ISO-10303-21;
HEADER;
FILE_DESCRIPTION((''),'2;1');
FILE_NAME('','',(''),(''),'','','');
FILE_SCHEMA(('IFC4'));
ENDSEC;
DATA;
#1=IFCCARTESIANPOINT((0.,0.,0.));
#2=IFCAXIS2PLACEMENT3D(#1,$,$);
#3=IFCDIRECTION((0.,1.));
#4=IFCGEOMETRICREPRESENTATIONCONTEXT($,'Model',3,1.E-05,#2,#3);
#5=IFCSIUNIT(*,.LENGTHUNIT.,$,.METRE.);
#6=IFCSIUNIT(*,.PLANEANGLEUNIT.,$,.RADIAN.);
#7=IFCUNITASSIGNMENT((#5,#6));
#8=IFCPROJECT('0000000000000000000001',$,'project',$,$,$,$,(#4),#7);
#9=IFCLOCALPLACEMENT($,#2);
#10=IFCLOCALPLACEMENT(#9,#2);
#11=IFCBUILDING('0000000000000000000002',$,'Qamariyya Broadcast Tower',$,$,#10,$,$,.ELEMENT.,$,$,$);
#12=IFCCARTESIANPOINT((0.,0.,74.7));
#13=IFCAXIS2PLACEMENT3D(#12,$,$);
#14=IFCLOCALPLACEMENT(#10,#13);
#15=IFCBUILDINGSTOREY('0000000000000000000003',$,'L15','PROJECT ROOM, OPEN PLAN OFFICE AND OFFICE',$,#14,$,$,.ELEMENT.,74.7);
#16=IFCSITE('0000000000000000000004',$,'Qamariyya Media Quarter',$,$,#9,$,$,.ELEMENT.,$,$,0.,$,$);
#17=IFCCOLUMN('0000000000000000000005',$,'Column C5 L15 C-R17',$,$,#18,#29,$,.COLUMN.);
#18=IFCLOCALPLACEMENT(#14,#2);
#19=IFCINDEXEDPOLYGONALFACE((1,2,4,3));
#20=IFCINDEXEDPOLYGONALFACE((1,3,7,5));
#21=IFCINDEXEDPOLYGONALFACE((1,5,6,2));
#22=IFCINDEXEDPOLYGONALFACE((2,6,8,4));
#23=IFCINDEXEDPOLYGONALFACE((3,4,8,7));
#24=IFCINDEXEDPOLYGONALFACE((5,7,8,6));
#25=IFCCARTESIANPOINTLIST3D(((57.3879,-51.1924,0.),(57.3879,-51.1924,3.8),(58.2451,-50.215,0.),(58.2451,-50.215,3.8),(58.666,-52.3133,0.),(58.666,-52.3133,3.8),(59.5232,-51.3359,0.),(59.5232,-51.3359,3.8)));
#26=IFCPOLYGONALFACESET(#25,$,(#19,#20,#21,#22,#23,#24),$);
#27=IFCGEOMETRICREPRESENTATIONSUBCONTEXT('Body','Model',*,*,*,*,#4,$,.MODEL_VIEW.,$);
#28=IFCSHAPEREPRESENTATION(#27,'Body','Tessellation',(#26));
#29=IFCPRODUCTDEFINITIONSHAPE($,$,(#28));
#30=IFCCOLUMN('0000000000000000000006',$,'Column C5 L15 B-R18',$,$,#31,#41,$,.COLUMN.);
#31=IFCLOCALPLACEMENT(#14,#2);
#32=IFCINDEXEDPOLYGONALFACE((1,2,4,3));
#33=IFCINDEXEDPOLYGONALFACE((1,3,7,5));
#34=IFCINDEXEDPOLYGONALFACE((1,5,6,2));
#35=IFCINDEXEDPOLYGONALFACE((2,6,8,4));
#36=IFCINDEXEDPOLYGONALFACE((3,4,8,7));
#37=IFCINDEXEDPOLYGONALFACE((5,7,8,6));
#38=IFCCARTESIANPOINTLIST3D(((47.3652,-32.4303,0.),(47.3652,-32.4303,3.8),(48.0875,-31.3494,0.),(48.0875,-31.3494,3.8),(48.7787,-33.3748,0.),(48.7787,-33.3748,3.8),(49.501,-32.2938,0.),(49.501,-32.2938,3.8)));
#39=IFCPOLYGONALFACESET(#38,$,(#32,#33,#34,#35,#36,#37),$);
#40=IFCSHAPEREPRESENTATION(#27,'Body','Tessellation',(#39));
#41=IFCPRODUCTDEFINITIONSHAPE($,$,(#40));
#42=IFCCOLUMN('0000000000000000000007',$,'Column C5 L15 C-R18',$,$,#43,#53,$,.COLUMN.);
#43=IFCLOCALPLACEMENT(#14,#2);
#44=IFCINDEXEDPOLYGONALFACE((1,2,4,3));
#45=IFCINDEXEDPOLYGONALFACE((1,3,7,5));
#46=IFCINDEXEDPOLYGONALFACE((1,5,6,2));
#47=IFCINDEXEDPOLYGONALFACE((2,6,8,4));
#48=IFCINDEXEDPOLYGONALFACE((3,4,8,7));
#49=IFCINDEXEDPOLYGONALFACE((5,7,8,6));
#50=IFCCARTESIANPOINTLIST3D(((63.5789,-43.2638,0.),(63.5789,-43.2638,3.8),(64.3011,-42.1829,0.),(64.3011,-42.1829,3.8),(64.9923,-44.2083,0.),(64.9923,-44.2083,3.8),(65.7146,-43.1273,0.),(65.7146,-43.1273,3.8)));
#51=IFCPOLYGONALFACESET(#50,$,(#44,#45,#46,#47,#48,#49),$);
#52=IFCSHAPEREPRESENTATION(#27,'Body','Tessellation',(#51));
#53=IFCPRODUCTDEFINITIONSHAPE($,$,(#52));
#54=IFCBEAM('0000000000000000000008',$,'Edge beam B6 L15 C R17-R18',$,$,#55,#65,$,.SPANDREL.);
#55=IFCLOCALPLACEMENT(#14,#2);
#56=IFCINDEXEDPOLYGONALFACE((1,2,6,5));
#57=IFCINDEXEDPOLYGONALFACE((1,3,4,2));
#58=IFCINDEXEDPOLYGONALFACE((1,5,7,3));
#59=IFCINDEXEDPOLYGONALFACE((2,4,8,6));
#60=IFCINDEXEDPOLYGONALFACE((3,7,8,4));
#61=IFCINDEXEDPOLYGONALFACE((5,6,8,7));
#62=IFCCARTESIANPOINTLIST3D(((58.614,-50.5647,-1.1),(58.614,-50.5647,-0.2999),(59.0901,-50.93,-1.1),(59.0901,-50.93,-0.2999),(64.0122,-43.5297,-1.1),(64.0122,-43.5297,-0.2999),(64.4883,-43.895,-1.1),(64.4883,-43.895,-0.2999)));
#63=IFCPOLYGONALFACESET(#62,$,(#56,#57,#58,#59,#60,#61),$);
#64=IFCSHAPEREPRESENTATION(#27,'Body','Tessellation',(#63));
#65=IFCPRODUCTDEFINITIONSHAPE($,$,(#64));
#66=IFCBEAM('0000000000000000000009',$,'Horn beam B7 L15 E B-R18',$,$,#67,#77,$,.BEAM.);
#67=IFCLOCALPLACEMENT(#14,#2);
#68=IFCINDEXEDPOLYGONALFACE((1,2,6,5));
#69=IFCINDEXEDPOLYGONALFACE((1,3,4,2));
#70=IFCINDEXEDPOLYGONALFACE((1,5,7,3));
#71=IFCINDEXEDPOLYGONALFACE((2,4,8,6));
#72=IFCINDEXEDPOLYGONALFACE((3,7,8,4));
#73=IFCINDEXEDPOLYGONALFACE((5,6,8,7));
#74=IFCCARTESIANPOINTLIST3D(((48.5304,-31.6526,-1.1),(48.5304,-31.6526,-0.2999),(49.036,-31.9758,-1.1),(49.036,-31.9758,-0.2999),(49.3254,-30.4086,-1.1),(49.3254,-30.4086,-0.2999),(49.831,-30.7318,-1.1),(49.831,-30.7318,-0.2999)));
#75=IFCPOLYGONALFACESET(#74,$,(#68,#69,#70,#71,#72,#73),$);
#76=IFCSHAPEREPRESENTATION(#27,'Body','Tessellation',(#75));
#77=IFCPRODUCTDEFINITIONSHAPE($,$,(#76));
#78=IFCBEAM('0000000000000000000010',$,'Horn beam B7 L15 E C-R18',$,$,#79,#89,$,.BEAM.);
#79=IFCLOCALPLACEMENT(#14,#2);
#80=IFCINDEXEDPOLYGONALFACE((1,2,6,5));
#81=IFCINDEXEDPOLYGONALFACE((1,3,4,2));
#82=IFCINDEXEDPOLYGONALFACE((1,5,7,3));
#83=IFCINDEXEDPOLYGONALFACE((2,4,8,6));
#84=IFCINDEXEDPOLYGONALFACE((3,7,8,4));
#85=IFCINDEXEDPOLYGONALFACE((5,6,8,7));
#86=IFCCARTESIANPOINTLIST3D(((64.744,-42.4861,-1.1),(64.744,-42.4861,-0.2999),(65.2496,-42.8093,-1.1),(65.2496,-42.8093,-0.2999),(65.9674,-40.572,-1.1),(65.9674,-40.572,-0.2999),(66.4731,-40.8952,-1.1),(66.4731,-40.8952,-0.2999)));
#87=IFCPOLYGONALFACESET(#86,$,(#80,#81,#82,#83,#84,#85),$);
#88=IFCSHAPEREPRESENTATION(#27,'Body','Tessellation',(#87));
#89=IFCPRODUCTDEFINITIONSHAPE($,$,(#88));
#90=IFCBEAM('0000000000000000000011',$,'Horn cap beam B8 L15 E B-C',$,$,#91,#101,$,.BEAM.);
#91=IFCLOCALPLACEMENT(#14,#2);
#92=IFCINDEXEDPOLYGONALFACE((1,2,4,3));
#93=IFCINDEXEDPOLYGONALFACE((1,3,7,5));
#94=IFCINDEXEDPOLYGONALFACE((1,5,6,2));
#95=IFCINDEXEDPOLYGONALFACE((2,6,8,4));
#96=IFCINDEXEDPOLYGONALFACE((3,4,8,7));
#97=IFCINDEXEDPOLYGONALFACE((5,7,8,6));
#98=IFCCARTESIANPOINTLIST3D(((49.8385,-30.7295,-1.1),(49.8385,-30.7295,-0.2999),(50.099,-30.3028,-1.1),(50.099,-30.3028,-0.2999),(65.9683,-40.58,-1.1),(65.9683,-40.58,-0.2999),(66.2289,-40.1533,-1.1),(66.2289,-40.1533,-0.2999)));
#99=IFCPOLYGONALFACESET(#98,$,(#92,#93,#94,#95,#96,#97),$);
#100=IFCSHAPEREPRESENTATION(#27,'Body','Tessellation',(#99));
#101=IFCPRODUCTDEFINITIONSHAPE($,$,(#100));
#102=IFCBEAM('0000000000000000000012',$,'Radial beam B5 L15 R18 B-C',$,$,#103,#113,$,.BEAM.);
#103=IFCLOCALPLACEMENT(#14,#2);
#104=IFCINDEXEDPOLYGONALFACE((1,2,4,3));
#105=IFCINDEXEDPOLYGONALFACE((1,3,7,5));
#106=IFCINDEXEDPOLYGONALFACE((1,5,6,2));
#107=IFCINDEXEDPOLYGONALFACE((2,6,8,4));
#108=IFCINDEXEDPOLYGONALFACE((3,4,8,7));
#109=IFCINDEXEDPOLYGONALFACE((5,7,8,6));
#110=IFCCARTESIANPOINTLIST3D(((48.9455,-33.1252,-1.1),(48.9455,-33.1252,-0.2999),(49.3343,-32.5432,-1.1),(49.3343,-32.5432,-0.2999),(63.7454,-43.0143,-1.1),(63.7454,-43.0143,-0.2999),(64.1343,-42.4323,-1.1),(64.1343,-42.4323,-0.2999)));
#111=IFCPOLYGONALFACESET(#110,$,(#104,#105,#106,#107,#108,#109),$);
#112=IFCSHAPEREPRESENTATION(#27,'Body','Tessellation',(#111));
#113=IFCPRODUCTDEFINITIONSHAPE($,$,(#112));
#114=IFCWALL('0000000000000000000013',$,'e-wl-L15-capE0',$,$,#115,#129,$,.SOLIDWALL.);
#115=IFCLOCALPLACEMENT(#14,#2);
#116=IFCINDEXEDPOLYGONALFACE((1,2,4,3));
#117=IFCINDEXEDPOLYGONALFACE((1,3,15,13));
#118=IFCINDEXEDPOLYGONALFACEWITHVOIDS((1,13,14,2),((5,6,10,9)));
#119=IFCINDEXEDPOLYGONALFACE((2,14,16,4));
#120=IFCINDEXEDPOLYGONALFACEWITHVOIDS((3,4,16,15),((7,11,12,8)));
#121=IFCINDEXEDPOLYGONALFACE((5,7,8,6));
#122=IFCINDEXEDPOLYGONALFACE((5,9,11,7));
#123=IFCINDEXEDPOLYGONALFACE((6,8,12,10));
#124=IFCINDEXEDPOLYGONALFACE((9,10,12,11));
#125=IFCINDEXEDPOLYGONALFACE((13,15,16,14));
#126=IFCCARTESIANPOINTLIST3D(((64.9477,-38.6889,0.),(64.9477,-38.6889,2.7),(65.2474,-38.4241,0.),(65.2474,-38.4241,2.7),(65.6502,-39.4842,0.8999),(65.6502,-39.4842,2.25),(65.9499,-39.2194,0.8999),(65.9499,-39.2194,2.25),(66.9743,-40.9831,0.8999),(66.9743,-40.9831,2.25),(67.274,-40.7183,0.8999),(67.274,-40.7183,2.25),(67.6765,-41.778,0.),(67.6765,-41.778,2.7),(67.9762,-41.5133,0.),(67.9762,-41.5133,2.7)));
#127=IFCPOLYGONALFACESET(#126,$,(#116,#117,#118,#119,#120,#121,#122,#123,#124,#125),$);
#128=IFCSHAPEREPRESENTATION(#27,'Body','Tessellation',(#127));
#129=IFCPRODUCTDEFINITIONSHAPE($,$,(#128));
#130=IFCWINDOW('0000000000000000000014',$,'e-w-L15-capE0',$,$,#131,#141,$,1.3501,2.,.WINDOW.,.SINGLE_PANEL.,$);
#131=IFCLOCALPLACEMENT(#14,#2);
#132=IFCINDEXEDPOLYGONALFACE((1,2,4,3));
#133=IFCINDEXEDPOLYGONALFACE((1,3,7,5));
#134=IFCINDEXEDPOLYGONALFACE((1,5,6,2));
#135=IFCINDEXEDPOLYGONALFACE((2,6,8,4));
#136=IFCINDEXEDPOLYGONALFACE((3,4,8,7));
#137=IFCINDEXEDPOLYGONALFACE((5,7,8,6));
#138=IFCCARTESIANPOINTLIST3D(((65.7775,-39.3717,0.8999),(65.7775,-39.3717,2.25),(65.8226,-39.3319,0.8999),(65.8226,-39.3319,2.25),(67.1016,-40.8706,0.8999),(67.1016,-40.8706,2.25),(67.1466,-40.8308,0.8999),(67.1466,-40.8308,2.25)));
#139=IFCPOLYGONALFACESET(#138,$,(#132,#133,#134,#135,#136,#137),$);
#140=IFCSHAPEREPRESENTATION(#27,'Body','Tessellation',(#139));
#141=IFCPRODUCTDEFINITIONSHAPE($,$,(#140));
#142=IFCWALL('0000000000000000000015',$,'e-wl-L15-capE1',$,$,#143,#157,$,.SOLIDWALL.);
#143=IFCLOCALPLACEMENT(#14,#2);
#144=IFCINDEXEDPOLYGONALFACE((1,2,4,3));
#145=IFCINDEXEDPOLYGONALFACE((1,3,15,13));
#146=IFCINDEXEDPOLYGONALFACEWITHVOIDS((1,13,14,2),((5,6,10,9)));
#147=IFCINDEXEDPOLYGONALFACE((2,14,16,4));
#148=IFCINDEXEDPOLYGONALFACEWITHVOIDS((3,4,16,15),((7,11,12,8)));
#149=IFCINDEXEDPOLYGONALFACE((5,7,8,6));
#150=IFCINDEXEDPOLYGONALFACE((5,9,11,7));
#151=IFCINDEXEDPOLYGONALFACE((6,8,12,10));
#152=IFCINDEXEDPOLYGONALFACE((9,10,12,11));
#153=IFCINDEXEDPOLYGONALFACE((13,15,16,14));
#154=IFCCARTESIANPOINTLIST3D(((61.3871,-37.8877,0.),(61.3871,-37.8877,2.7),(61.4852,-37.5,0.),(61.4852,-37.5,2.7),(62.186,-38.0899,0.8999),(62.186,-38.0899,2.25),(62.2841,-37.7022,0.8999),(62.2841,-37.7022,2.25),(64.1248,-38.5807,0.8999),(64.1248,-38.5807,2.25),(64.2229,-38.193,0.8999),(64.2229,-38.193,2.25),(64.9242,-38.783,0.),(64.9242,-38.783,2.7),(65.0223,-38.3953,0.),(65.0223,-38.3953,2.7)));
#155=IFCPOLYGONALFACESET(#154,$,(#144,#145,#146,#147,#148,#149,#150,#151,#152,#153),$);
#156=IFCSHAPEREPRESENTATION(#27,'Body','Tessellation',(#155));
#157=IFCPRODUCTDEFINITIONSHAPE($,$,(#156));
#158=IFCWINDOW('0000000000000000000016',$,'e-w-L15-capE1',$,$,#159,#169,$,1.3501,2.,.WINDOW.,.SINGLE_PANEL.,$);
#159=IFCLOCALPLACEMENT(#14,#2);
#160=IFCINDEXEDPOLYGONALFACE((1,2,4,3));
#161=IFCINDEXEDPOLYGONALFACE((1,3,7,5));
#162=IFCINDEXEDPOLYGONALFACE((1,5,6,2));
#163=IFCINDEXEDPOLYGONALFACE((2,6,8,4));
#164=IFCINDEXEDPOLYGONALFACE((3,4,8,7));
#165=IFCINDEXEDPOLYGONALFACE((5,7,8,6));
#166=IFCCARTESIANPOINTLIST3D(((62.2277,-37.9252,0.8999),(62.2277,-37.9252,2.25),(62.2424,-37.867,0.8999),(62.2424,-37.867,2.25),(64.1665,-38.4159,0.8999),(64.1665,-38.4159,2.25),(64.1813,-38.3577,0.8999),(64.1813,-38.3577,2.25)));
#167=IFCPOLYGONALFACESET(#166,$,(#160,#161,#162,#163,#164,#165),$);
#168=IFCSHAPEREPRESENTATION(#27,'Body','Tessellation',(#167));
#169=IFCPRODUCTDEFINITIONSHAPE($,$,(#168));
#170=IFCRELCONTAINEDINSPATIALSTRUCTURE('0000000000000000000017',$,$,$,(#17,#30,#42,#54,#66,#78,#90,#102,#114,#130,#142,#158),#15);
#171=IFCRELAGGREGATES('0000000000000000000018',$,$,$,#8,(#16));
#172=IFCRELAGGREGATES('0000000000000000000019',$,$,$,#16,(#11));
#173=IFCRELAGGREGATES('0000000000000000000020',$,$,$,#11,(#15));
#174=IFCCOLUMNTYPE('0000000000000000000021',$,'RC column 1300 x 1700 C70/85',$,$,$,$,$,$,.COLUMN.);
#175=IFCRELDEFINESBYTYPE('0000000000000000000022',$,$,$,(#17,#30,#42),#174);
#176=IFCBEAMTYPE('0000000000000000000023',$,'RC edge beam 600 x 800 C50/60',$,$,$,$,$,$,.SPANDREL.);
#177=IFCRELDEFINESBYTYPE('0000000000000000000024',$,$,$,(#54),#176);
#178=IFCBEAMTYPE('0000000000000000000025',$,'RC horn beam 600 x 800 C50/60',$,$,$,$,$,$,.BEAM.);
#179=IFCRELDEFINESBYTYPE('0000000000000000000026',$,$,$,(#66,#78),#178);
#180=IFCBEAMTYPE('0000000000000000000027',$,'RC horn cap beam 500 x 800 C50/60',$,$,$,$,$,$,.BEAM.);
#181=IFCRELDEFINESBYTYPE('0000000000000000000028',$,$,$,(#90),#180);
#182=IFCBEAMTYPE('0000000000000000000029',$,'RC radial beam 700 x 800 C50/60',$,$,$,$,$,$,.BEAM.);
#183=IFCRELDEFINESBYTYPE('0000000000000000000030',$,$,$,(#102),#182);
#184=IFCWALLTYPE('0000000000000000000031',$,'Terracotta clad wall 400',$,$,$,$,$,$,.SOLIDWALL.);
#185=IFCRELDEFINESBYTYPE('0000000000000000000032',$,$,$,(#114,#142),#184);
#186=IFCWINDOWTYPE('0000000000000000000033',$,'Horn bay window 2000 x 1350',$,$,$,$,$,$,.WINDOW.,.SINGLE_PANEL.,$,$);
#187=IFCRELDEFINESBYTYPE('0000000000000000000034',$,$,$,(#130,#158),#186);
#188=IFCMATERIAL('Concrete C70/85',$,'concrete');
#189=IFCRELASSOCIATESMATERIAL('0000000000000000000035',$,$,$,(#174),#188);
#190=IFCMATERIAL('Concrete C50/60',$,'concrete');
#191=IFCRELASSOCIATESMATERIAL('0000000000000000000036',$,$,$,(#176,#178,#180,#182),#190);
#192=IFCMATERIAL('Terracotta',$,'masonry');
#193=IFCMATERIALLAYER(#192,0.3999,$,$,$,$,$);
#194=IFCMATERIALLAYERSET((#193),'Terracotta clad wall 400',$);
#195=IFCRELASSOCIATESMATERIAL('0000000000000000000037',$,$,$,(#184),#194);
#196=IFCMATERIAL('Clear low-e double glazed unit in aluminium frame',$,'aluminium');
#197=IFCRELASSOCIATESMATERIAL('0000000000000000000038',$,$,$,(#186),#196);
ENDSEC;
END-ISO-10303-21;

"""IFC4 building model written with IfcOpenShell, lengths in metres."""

from ifc_helpers import new_model, si_unit, direction, frame, frame_2d, origin, origin_2d, place, context, subcontext, project, spatial, rectangle, extrude, material, layer, layer_set, material_profile, profile_set, type_object, element, fill, save


model = new_model("IFC4")

# Units and contexts
model_context = context("Model", 3, precision=1e-05, world=origin(), true_north=direction((0.0, 1.0)))
body_context = subcontext(model_context, "Body", "Model", "MODEL_VIEW")
ifc_project = project(units=[si_unit("LENGTHUNIT", "METRE"), si_unit("PLANEANGLEUNIT", "RADIAN")], contexts=[model_context])

# Site, building, storey
site_placement = place(None, origin())
site = spatial("IfcSite", under=ifc_project, at=site_placement, Name="Qamariyya Media Quarter", CompositionType="ELEMENT", RefElevation=0.0)
building_placement = place(site_placement, origin())
building = spatial("IfcBuilding", under=site, at=building_placement, Name="Qamariyya Broadcast Tower", CompositionType="ELEMENT")
storey_placement = place(building_placement, frame((0.0, 0.0, 74.7)))
storey = spatial("IfcBuildingStorey", under=building, at=storey_placement, Name="L15", Description="PROJECT ROOM, OPEN PLAN OFFICE AND OFFICE", CompositionType="ELEMENT", Elevation=74.7)

# Columns
ifc_material_1 = material(Name="Concrete C70/85", Category="concrete")
ifc_material_profile_1 = material_profile(ifc_material_1, rectangle(XDim=1.3, YDim=1.7, at=origin_2d()))
ifc_profile_set_1 = profile_set([ifc_material_profile_1], Name="Concrete C70/85")
column_type = type_object("IfcColumnType", Name="RC column 1300 x 1700 C70/85", PredefinedType="COLUMN", material=ifc_profile_set_1)
for number, where, z_axis, x_axis, name in (
    (1, (58.4556, -51.2642, 0.0), (0.0, 0.0, 1.0), (0.659346, 0.75184, 0.0), "Column C5 L15 C-R17"),
    (2, (48.4331, -32.3621, 0.0), (0.0, 0.0, 1.0), (0.55557, 0.83147, 0.0), "Column C5 L15 B-R18"),
    (3, (64.6467, -43.1956, 0.0), (0.0, 0.0, 1.0), (0.55557, 0.83147, 0.0), "Column C5 L15 C-R18"),
):
    element("IfcColumn", number, at=place(storey_placement, frame(where, z_axis=z_axis, x_axis=x_axis)), inside=storey, type_object=column_type, Name=name, PredefinedType="COLUMN", context=body_context, shape_type="SweptSolid", body=[
        extrude(rectangle(XDim=1.3, YDim=1.7, at=origin_2d()), origin(), (0.0, 0.0, 1.0), 3.8),
    ])

# Beams
ifc_material_2 = material(Name="Concrete C50/60", Category="concrete")
ifc_material_profile_2 = material_profile(ifc_material_2, rectangle(XDim=0.6001, YDim=0.8, at=origin_2d()))
ifc_profile_set_2 = profile_set([ifc_material_profile_2], Name="Concrete C50/60")
beam_type_1 = type_object("IfcBeamType", Name="RC edge beam 600 x 800 C50/60", PredefinedType="SPANDREL", material=ifc_profile_set_2)
beam_1_placement = place(storey_placement, frame((58.8521, -50.7473, -0.7), z_axis=(0.60877, 0.793347, 0.0), x_axis=(-0.793347, 0.60877, 0.0)))
element("IfcBeam", 4, at=beam_1_placement, inside=storey, type_object=beam_type_1, Name="Edge beam B6 L15 C R17-R18", PredefinedType="SPANDREL", context=body_context, shape_type="SweptSolid", body=[
    extrude(rectangle(XDim=0.6001, YDim=0.8, at=origin_2d()), origin(), (0.0, 0.0, 1.0), 8.8674),
])
ifc_material_profile_3 = material_profile(ifc_material_2, rectangle(XDim=0.6001, YDim=0.8, at=origin_2d()))
ifc_profile_set_3 = profile_set([ifc_material_profile_3], Name="Concrete C50/60")
beam_type_2 = type_object("IfcBeamType", Name="RC horn beam 600 x 800 C50/60", PredefinedType="BEAM", material=ifc_profile_set_3)
beam_2_placement = place(storey_placement, frame((48.7832, -31.8142, -0.7), z_axis=(0.53849, 0.842632, 0.0), x_axis=(-0.842632, 0.53849, 0.0)))
element("IfcBeam", 5, at=beam_2_placement, inside=storey, type_object=beam_type_2, Name="Horn beam B7 L15 E B-R18", PredefinedType="BEAM", context=body_context, shape_type="SweptSolid", body=[
    extrude(rectangle(XDim=0.6001, YDim=0.8, at=origin_2d()), origin(), (0.0, 0.0, 1.0), 1.4763),
])
beam_3_placement = place(storey_placement, frame((64.9968, -42.6477, -0.7), z_axis=(0.53855, 0.842593, 0.0), x_axis=(-0.842593, 0.53855, 0.0)))
element("IfcBeam", 6, at=beam_3_placement, inside=storey, type_object=beam_type_2, Name="Horn beam B7 L15 E C-R18", PredefinedType="BEAM", context=body_context, shape_type="SweptSolid", body=[
    extrude(rectangle(XDim=0.6001, YDim=0.8, at=origin_2d()), origin(), (0.0, 0.0, 1.0), 2.2717),
])
ifc_material_profile_4 = material_profile(ifc_material_2, rectangle(XDim=0.5, YDim=0.8, at=origin_2d()))
ifc_profile_set_4 = profile_set([ifc_material_profile_4], Name="Concrete C50/60")
beam_type_3 = type_object("IfcBeamType", Name="RC horn cap beam 500 x 800 C50/60", PredefinedType="BEAM", material=ifc_profile_set_4)
beam_4_placement = place(storey_placement, frame((49.9688, -30.5161, -0.7), z_axis=(0.853436, -0.521197, 0.0), x_axis=(0.521197, 0.853436, 0.0)))
element("IfcBeam", 7, at=beam_4_placement, inside=storey, type_object=beam_type_3, Name="Horn cap beam B8 L15 E B-C", PredefinedType="BEAM", context=body_context, shape_type="SweptSolid", body=[
    extrude(rectangle(XDim=0.5, YDim=0.8, at=origin_2d()), origin(), (0.0, 0.0, 1.0), 18.8999),
])
ifc_material_profile_5 = material_profile(ifc_material_2, rectangle(XDim=0.7, YDim=0.8, at=origin_2d()))
ifc_profile_set_5 = profile_set([ifc_material_profile_5], Name="Concrete C50/60")
beam_type_4 = type_object("IfcBeamType", Name="RC radial beam 700 x 800 C50/60", PredefinedType="BEAM", material=ifc_profile_set_5)
beam_5_placement = place(storey_placement, frame((49.1399, -32.8342, -0.7), z_axis=(0.831467, -0.555573, 0.0), x_axis=(0.555573, 0.831467, 0.0)))
element("IfcBeam", 8, at=beam_5_placement, inside=storey, type_object=beam_type_4, Name="Radial beam B5 L15 R18 B-C", PredefinedType="BEAM", context=body_context, shape_type="SweptSolid", body=[
    extrude(rectangle(XDim=0.7, YDim=0.8, at=origin_2d()), origin(), (0.0, 0.0, 1.0), 17.7998),
])

# Walls, openings, windows
ifc_material_3 = material(Name="Terracotta", Category="masonry")
ifc_layer = layer(ifc_material_3, 0.3999)
ifc_layer_set = layer_set([ifc_layer], Name="Terracotta clad wall 400")
wall_type = type_object("IfcWallType", Name="Terracotta clad wall 400", PredefinedType="SOLIDWALL", material=ifc_layer_set)
wall_1_placement = place(storey_placement, frame((67.8264, -41.6458, 0.0), z_axis=(0.0, 0.0, 1.0), x_axis=(-0.662041, 0.749468, 0.0)))
wall_1 = element("IfcWall", 9, at=wall_1_placement, inside=storey, type_object=wall_type, Name="e-wl-L15-capE0", PredefinedType="SOLIDWALL", context=body_context, shape_type="SweptSolid", body=[
    extrude(rectangle(XDim=4.1218, YDim=0.3999, at=frame_2d((2.061, 0.0))), origin(), (0.0, 0.0, 1.0), 2.7),
])
opening_1_placement = place(wall_1_placement, frame((1.0608, 0.0, 0.8999)))
opening_1 = element("IfcOpeningElement", 10, at=opening_1_placement, cuts=wall_1, PredefinedType="OPENING", context=body_context, shape_type="SweptSolid", body=[
    extrude(rectangle(XDim=2.0, YDim=1.3501, at=frame_2d((1.0, 0.675))), frame((0.0, 0.21, 0.0), z_axis=(0.0, -1.0, 0.0), x_axis=(1.0, 0.0, 0.0)), (0.0, 0.0, 1.0), 0.4199),
])
ifc_material_4 = material(Name="Clear low-e double glazed unit in aluminium frame", Category="aluminium")
window_type_1 = type_object("IfcWindowType", Name="Horn bay window 2000 x 1350", PartitioningType="SINGLE_PANEL", PredefinedType="WINDOW", material=ifc_material_4)
window_1_placement = place(opening_1_placement, origin())
window_1 = element("IfcWindow", 11, at=window_1_placement, inside=storey, type_object=window_type_1, Name="e-w-L15-capE0", OverallHeight=1.3501, OverallWidth=2.0, PartitioningType="SINGLE_PANEL", PredefinedType="WINDOW", context=body_context, shape_type="SweptSolid", body=[
    extrude(rectangle(XDim=2.0, YDim=1.3501, at=frame_2d((1.0, 0.675))), frame((0.0, 0.03, 0.0), z_axis=(0.0, -1.0, 0.0), x_axis=(1.0, 0.0, 0.0)), (0.0, 0.0, 1.0), 0.0601),
])
fill(opening_1, window_1)
wall_2_placement = place(storey_placement, frame((64.9731, -38.5891, 0.0), z_axis=(0.0, 0.0, 1.0), x_axis=(-0.96943, 0.245369, 0.0)))
wall_2 = element("IfcWall", 12, at=wall_2_placement, inside=storey, type_object=wall_type, Name="e-wl-L15-capE1", PredefinedType="SOLIDWALL", context=body_context, shape_type="SweptSolid", body=[
    extrude(rectangle(XDim=3.6487, YDim=0.3999, at=frame_2d((1.8242, 0.0))), origin(), (0.0, 0.0, 1.0), 2.7),
])
opening_2_placement = place(wall_2_placement, frame((0.8245, 0.0, 0.8999)))
opening_2 = element("IfcOpeningElement", 13, at=opening_2_placement, cuts=wall_2, PredefinedType="OPENING", context=body_context, shape_type="SweptSolid", body=[
    extrude(rectangle(XDim=2.0, YDim=1.3501, at=frame_2d((1.0, 0.675))), frame((0.0, 0.21, 0.0), z_axis=(0.0, -1.0, 0.0), x_axis=(1.0, 0.0, 0.0)), (0.0, 0.0, 1.0), 0.4199),
])
window_2_placement = place(opening_2_placement, origin())
window_2 = element("IfcWindow", 14, at=window_2_placement, inside=storey, type_object=window_type_1, Name="e-w-L15-capE1", OverallHeight=1.3501, OverallWidth=2.0, PartitioningType="SINGLE_PANEL", PredefinedType="WINDOW", context=body_context, shape_type="SweptSolid", body=[
    extrude(rectangle(XDim=2.0, YDim=1.3501, at=frame_2d((1.0, 0.675))), frame((0.0, 0.03, 0.0), z_axis=(0.0, -1.0, 0.0), x_axis=(1.0, 0.0, 0.0)), (0.0, 0.0, 1.0), 0.0601),
])
fill(opening_2, window_2)

save(model, "model.ifc")
